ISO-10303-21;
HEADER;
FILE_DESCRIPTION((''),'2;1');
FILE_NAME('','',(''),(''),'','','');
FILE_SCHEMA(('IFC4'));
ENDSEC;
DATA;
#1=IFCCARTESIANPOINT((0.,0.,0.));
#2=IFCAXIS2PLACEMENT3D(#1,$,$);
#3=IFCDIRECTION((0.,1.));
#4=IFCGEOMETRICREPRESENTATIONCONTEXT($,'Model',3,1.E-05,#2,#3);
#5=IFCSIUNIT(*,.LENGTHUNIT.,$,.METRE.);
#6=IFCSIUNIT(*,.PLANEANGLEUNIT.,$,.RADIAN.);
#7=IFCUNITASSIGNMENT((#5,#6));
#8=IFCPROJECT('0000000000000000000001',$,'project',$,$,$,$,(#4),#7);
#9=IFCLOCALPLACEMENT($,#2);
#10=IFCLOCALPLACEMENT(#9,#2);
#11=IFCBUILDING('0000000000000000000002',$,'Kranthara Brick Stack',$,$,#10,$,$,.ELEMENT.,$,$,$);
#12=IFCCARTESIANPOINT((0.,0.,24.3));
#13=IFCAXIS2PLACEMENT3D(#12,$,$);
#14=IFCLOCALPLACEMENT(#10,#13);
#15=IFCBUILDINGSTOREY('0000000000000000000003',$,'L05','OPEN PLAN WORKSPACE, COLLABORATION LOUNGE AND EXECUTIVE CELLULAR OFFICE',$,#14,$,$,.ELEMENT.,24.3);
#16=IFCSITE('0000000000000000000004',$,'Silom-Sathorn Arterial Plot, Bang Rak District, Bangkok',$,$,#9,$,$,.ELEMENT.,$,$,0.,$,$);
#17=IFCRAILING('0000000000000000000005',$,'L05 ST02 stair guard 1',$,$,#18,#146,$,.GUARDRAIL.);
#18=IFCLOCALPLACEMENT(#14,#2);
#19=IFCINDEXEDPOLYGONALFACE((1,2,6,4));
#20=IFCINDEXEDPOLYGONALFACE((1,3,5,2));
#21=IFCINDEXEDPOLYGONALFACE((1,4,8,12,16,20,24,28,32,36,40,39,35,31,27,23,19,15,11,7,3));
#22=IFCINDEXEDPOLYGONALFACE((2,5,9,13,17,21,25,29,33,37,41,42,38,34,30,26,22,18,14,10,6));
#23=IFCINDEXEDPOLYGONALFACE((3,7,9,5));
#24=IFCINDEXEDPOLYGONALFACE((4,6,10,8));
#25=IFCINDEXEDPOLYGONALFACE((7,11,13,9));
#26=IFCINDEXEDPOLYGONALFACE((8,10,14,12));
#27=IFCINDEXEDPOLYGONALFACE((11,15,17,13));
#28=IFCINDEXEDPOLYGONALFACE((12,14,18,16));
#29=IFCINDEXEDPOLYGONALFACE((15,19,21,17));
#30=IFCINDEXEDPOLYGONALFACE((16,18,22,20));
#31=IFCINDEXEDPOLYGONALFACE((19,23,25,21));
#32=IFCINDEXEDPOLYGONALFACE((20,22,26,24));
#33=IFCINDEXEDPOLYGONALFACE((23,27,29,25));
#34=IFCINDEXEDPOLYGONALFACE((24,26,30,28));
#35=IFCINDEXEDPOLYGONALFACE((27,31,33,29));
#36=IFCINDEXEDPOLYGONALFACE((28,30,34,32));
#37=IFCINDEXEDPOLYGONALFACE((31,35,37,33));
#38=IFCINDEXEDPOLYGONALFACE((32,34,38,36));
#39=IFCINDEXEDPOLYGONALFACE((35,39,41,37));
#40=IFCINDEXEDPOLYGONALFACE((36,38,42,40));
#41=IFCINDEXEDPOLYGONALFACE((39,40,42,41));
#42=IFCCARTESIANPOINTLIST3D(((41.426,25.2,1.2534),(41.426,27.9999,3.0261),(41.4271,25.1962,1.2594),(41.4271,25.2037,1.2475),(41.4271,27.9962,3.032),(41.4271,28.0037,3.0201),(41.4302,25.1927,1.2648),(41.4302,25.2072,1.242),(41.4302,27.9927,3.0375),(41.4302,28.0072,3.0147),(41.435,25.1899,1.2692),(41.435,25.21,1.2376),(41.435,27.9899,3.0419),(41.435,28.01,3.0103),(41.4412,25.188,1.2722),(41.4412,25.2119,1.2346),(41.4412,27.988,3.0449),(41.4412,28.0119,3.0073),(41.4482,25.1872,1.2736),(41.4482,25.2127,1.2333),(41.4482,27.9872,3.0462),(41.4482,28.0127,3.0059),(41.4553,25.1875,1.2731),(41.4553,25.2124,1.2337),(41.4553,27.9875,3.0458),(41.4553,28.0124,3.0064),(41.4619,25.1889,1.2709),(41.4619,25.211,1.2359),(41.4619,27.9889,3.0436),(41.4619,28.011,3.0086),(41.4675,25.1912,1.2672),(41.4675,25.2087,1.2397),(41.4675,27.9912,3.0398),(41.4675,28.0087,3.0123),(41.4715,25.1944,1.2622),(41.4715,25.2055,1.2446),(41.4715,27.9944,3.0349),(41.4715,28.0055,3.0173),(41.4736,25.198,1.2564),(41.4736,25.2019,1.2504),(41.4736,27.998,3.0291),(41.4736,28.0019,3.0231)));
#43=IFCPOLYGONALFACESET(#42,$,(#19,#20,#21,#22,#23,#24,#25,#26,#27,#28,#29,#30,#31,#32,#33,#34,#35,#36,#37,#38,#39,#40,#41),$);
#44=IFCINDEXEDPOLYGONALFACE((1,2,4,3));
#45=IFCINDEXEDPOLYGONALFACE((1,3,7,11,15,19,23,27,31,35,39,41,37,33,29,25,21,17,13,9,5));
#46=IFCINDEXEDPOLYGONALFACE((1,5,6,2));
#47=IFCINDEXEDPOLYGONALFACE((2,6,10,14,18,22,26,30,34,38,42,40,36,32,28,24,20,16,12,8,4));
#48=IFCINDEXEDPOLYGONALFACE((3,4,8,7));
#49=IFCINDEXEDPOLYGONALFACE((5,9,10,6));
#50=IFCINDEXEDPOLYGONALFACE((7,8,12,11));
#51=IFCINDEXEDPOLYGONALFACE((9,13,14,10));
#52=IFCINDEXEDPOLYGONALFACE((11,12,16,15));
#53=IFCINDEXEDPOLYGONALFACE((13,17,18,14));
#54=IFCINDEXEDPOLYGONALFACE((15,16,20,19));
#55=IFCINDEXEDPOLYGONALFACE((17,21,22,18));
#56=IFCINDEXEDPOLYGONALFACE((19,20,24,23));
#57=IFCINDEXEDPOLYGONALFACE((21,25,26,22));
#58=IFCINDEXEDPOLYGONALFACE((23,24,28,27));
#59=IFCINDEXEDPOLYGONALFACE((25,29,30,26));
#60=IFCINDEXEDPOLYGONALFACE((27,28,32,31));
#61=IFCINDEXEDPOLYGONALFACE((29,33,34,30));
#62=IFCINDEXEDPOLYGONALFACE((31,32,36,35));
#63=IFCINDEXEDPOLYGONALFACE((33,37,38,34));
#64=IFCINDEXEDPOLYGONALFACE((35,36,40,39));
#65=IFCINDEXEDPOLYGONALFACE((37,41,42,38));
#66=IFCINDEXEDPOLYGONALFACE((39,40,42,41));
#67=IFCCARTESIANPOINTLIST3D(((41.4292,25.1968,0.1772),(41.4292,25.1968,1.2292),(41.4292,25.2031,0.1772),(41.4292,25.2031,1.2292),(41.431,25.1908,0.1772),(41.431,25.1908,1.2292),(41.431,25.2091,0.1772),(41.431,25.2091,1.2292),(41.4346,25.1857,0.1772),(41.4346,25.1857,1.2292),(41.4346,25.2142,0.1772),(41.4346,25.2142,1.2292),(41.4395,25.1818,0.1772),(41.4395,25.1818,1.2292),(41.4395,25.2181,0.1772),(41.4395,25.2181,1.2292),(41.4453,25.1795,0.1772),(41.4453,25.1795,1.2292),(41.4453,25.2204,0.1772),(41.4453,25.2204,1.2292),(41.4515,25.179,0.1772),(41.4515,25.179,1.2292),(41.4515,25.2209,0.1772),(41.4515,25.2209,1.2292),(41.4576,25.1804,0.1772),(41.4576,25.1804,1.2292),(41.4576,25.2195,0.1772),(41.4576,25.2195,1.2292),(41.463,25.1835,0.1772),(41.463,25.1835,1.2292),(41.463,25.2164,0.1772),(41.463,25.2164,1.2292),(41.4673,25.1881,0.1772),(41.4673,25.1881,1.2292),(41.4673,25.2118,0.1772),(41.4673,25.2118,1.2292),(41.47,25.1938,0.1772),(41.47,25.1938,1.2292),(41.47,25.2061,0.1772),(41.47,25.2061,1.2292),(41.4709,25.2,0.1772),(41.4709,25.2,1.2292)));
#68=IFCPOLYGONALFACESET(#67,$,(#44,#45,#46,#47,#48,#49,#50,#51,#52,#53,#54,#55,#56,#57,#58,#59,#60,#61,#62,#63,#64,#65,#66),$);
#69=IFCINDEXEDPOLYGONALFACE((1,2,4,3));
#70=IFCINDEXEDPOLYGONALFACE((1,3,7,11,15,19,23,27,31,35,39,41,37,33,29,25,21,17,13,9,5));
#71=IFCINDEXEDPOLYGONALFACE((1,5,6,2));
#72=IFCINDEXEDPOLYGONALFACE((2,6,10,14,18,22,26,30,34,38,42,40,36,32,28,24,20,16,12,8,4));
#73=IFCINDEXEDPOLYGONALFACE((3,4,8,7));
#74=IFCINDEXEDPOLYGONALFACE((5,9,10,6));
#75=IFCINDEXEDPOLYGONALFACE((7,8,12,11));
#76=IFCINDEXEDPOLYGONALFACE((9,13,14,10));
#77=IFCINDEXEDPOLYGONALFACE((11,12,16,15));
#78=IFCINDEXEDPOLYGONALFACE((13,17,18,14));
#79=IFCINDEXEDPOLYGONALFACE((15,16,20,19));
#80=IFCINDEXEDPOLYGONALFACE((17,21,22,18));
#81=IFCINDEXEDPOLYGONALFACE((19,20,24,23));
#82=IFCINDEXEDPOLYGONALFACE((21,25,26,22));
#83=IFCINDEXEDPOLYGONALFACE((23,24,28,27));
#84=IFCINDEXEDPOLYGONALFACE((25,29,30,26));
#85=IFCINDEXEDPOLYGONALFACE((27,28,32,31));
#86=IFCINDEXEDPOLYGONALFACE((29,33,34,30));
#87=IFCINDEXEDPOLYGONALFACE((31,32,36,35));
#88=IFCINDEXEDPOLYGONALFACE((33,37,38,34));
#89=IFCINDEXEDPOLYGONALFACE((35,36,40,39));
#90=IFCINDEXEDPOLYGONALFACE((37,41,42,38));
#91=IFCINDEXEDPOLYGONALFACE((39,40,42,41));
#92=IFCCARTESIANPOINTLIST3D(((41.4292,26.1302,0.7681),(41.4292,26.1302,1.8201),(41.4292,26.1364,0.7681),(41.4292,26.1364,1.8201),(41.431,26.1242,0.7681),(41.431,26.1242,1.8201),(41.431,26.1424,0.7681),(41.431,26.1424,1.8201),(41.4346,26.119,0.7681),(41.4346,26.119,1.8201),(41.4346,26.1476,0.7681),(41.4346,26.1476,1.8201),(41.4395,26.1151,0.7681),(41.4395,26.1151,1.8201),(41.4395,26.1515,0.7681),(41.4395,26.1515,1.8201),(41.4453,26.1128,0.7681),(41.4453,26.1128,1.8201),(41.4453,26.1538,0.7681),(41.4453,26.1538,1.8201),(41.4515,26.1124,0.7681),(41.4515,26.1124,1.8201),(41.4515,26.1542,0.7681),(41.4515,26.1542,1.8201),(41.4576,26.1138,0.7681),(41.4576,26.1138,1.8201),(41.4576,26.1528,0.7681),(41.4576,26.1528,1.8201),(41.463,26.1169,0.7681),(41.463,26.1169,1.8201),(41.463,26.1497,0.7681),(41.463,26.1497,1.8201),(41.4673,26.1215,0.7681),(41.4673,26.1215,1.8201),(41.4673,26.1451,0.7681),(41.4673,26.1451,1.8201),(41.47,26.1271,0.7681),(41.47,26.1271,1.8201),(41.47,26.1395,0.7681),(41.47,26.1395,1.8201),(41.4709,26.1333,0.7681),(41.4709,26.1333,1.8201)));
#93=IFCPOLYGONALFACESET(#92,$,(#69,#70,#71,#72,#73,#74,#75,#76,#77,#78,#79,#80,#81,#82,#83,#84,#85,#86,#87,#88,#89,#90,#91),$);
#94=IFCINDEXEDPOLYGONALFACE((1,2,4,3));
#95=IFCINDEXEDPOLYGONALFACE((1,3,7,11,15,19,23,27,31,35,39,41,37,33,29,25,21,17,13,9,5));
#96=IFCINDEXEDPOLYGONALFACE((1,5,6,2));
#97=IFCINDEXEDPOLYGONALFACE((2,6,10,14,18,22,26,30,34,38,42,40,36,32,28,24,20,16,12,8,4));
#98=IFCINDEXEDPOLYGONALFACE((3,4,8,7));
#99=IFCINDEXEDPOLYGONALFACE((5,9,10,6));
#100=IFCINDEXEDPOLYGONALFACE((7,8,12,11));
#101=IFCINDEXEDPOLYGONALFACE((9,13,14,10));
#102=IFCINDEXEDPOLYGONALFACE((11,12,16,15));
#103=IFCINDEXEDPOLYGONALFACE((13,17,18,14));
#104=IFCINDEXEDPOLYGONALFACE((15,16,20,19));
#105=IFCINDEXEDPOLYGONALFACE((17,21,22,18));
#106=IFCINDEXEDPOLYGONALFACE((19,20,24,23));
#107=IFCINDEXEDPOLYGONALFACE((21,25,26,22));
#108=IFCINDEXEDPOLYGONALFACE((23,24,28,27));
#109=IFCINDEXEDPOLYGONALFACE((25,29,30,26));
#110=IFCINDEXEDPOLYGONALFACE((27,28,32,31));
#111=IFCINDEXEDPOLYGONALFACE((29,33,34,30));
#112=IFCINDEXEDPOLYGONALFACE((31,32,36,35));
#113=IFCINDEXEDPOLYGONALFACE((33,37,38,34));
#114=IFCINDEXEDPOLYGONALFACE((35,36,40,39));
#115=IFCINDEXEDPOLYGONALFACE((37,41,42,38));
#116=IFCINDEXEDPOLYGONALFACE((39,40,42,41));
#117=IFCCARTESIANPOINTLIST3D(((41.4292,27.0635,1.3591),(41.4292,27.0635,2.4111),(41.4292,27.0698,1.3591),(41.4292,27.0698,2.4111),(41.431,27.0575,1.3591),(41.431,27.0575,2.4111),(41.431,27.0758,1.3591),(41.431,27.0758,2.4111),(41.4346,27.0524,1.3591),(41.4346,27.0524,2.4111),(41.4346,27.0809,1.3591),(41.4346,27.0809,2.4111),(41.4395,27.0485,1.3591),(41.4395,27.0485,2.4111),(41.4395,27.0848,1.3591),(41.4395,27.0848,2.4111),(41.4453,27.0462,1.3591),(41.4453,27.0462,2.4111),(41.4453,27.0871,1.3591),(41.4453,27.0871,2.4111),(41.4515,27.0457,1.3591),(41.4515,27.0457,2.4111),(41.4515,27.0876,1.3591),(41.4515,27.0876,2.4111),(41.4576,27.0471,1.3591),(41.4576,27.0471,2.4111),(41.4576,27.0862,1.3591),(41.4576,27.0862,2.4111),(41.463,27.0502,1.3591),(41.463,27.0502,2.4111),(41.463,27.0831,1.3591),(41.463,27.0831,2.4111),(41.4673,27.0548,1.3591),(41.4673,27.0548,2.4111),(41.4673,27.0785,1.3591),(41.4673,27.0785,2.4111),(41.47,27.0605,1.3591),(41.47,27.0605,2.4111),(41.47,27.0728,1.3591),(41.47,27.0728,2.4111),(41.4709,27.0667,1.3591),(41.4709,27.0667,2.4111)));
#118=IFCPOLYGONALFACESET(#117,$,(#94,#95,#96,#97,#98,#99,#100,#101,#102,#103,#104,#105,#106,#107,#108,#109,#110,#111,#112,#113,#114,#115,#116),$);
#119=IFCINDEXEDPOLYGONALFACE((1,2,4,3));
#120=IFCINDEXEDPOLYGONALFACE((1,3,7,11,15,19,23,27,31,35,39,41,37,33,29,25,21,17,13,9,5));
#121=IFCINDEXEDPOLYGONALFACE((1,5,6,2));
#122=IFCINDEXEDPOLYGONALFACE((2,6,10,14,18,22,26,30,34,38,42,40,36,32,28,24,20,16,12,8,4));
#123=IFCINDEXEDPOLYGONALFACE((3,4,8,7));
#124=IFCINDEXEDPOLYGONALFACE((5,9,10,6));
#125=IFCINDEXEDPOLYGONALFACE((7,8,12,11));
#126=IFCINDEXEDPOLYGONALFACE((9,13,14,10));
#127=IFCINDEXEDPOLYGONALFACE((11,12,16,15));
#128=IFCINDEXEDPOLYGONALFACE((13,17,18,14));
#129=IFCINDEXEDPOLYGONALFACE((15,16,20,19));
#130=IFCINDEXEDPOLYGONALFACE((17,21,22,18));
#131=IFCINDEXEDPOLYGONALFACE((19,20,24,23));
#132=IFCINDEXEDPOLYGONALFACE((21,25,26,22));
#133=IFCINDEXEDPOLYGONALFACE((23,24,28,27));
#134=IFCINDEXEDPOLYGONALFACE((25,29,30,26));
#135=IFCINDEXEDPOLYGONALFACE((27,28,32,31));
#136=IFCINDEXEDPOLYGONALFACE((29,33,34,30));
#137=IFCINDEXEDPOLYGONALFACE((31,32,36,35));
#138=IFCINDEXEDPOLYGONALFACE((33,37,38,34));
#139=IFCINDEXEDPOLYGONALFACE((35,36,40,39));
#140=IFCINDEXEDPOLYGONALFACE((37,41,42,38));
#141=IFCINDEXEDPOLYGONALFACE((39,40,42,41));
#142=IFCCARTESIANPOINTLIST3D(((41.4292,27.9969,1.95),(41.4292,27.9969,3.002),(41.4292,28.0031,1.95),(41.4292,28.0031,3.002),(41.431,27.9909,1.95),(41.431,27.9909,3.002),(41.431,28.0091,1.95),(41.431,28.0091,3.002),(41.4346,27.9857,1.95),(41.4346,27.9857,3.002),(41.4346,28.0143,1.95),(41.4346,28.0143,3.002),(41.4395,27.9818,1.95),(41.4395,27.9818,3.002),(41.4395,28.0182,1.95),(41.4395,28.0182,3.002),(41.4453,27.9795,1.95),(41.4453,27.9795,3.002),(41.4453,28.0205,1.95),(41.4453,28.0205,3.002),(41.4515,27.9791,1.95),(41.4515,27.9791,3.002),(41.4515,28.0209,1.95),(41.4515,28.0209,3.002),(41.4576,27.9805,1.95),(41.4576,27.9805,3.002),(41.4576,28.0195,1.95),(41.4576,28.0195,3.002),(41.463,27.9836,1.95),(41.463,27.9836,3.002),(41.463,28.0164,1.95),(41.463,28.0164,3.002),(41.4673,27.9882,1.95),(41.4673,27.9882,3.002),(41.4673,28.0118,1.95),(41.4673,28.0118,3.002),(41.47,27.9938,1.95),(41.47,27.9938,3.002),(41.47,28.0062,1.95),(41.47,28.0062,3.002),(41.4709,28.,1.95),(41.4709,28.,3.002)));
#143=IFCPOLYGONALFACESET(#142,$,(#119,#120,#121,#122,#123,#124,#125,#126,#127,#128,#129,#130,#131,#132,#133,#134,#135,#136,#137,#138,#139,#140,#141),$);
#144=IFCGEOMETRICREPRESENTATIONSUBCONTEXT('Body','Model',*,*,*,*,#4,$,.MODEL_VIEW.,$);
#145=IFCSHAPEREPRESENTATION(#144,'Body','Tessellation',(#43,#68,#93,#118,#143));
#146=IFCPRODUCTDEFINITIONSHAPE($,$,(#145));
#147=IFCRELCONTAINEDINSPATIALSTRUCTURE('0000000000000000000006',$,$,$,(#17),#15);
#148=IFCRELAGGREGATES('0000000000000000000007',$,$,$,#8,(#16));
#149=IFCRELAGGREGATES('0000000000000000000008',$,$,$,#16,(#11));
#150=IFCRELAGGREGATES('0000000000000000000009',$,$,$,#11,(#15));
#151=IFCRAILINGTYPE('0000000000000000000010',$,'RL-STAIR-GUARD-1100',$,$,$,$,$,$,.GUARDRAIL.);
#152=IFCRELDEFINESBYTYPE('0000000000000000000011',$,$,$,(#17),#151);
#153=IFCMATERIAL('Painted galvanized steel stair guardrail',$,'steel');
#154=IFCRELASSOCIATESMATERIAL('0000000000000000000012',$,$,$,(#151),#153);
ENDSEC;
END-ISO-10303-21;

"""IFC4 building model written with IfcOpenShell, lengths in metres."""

from ifc_helpers import new_model, si_unit, direction, frame, origin, origin_2d, place, context, subcontext, project, spatial, circle, extrude, material, type_object, element, save


model = new_model("IFC4")

# Units and contexts
model_context = context("Model", 3, precision=1e-05, world=origin(), true_north=direction((0.0, 1.0)))
body_context = subcontext(model_context, "Body", "Model", "MODEL_VIEW")
ifc_project = project(units=[si_unit("LENGTHUNIT", "METRE"), si_unit("PLANEANGLEUNIT", "RADIAN")], contexts=[model_context])

# Site, building, storey
site_placement = place(None, origin())
site = spatial("IfcSite", under=ifc_project, at=site_placement, Name="Silom-Sathorn Arterial Plot, Bang Rak District, Bangkok", CompositionType="ELEMENT", RefElevation=0.0)
building_placement = place(site_placement, origin())
building = spatial("IfcBuilding", under=site, at=building_placement, Name="Kranthara Brick Stack", CompositionType="ELEMENT")
storey_placement = place(building_placement, frame((0.0, 0.0, 24.3)))
storey = spatial("IfcBuildingStorey", under=building, at=storey_placement, Name="L05", Description="OPEN PLAN WORKSPACE, COLLABORATION LOUNGE AND EXECUTIVE CELLULAR OFFICE", CompositionType="ELEMENT", Elevation=24.3)

# Railing
ifc_material_1 = material(Name="Painted galvanized steel stair guardrail", Category="steel")
railing_type_1 = type_object("IfcRailingType", Name="RL-STAIR-GUARD-1100", PredefinedType="GUARDRAIL", material=ifc_material_1)
railing_1_placement = place(storey_placement, frame((41.45, 25.2, 0.1772)))
element("IfcRailing", 1, at=railing_1_placement, inside=storey, type_object=railing_type_1, Name="L05 ST02 stair guard 1", PredefinedType="GUARDRAIL", context=body_context, shape_type="SweptSolid", body=[
    extrude(circle(Radius=0.0239, at=origin_2d()), frame((0.0, 0.0, 1.0762), z_axis=(0.0, 0.844909, 0.53491), x_axis=(-1.0, 0.0, 0.0)), (0.0, 0.0, 1.0), 3.314),
    extrude(circle(Radius=0.021, at=origin_2d()), origin(), (0.0, 0.0, 1.0), 1.052),
    extrude(circle(Radius=0.021, at=origin_2d()), frame((0.0, 0.9333, 0.5908)), (0.0, 0.0, 1.0), 1.052),
    extrude(circle(Radius=0.021, at=origin_2d()), frame((0.0, 1.8667, 1.1819)), (0.0, 0.0, 1.0), 1.052),
    extrude(circle(Radius=0.021, at=origin_2d()), frame((0.0, 2.8, 1.7727)), (0.0, 0.0, 1.0), 1.052),
])

save(model, "model.ifc")
